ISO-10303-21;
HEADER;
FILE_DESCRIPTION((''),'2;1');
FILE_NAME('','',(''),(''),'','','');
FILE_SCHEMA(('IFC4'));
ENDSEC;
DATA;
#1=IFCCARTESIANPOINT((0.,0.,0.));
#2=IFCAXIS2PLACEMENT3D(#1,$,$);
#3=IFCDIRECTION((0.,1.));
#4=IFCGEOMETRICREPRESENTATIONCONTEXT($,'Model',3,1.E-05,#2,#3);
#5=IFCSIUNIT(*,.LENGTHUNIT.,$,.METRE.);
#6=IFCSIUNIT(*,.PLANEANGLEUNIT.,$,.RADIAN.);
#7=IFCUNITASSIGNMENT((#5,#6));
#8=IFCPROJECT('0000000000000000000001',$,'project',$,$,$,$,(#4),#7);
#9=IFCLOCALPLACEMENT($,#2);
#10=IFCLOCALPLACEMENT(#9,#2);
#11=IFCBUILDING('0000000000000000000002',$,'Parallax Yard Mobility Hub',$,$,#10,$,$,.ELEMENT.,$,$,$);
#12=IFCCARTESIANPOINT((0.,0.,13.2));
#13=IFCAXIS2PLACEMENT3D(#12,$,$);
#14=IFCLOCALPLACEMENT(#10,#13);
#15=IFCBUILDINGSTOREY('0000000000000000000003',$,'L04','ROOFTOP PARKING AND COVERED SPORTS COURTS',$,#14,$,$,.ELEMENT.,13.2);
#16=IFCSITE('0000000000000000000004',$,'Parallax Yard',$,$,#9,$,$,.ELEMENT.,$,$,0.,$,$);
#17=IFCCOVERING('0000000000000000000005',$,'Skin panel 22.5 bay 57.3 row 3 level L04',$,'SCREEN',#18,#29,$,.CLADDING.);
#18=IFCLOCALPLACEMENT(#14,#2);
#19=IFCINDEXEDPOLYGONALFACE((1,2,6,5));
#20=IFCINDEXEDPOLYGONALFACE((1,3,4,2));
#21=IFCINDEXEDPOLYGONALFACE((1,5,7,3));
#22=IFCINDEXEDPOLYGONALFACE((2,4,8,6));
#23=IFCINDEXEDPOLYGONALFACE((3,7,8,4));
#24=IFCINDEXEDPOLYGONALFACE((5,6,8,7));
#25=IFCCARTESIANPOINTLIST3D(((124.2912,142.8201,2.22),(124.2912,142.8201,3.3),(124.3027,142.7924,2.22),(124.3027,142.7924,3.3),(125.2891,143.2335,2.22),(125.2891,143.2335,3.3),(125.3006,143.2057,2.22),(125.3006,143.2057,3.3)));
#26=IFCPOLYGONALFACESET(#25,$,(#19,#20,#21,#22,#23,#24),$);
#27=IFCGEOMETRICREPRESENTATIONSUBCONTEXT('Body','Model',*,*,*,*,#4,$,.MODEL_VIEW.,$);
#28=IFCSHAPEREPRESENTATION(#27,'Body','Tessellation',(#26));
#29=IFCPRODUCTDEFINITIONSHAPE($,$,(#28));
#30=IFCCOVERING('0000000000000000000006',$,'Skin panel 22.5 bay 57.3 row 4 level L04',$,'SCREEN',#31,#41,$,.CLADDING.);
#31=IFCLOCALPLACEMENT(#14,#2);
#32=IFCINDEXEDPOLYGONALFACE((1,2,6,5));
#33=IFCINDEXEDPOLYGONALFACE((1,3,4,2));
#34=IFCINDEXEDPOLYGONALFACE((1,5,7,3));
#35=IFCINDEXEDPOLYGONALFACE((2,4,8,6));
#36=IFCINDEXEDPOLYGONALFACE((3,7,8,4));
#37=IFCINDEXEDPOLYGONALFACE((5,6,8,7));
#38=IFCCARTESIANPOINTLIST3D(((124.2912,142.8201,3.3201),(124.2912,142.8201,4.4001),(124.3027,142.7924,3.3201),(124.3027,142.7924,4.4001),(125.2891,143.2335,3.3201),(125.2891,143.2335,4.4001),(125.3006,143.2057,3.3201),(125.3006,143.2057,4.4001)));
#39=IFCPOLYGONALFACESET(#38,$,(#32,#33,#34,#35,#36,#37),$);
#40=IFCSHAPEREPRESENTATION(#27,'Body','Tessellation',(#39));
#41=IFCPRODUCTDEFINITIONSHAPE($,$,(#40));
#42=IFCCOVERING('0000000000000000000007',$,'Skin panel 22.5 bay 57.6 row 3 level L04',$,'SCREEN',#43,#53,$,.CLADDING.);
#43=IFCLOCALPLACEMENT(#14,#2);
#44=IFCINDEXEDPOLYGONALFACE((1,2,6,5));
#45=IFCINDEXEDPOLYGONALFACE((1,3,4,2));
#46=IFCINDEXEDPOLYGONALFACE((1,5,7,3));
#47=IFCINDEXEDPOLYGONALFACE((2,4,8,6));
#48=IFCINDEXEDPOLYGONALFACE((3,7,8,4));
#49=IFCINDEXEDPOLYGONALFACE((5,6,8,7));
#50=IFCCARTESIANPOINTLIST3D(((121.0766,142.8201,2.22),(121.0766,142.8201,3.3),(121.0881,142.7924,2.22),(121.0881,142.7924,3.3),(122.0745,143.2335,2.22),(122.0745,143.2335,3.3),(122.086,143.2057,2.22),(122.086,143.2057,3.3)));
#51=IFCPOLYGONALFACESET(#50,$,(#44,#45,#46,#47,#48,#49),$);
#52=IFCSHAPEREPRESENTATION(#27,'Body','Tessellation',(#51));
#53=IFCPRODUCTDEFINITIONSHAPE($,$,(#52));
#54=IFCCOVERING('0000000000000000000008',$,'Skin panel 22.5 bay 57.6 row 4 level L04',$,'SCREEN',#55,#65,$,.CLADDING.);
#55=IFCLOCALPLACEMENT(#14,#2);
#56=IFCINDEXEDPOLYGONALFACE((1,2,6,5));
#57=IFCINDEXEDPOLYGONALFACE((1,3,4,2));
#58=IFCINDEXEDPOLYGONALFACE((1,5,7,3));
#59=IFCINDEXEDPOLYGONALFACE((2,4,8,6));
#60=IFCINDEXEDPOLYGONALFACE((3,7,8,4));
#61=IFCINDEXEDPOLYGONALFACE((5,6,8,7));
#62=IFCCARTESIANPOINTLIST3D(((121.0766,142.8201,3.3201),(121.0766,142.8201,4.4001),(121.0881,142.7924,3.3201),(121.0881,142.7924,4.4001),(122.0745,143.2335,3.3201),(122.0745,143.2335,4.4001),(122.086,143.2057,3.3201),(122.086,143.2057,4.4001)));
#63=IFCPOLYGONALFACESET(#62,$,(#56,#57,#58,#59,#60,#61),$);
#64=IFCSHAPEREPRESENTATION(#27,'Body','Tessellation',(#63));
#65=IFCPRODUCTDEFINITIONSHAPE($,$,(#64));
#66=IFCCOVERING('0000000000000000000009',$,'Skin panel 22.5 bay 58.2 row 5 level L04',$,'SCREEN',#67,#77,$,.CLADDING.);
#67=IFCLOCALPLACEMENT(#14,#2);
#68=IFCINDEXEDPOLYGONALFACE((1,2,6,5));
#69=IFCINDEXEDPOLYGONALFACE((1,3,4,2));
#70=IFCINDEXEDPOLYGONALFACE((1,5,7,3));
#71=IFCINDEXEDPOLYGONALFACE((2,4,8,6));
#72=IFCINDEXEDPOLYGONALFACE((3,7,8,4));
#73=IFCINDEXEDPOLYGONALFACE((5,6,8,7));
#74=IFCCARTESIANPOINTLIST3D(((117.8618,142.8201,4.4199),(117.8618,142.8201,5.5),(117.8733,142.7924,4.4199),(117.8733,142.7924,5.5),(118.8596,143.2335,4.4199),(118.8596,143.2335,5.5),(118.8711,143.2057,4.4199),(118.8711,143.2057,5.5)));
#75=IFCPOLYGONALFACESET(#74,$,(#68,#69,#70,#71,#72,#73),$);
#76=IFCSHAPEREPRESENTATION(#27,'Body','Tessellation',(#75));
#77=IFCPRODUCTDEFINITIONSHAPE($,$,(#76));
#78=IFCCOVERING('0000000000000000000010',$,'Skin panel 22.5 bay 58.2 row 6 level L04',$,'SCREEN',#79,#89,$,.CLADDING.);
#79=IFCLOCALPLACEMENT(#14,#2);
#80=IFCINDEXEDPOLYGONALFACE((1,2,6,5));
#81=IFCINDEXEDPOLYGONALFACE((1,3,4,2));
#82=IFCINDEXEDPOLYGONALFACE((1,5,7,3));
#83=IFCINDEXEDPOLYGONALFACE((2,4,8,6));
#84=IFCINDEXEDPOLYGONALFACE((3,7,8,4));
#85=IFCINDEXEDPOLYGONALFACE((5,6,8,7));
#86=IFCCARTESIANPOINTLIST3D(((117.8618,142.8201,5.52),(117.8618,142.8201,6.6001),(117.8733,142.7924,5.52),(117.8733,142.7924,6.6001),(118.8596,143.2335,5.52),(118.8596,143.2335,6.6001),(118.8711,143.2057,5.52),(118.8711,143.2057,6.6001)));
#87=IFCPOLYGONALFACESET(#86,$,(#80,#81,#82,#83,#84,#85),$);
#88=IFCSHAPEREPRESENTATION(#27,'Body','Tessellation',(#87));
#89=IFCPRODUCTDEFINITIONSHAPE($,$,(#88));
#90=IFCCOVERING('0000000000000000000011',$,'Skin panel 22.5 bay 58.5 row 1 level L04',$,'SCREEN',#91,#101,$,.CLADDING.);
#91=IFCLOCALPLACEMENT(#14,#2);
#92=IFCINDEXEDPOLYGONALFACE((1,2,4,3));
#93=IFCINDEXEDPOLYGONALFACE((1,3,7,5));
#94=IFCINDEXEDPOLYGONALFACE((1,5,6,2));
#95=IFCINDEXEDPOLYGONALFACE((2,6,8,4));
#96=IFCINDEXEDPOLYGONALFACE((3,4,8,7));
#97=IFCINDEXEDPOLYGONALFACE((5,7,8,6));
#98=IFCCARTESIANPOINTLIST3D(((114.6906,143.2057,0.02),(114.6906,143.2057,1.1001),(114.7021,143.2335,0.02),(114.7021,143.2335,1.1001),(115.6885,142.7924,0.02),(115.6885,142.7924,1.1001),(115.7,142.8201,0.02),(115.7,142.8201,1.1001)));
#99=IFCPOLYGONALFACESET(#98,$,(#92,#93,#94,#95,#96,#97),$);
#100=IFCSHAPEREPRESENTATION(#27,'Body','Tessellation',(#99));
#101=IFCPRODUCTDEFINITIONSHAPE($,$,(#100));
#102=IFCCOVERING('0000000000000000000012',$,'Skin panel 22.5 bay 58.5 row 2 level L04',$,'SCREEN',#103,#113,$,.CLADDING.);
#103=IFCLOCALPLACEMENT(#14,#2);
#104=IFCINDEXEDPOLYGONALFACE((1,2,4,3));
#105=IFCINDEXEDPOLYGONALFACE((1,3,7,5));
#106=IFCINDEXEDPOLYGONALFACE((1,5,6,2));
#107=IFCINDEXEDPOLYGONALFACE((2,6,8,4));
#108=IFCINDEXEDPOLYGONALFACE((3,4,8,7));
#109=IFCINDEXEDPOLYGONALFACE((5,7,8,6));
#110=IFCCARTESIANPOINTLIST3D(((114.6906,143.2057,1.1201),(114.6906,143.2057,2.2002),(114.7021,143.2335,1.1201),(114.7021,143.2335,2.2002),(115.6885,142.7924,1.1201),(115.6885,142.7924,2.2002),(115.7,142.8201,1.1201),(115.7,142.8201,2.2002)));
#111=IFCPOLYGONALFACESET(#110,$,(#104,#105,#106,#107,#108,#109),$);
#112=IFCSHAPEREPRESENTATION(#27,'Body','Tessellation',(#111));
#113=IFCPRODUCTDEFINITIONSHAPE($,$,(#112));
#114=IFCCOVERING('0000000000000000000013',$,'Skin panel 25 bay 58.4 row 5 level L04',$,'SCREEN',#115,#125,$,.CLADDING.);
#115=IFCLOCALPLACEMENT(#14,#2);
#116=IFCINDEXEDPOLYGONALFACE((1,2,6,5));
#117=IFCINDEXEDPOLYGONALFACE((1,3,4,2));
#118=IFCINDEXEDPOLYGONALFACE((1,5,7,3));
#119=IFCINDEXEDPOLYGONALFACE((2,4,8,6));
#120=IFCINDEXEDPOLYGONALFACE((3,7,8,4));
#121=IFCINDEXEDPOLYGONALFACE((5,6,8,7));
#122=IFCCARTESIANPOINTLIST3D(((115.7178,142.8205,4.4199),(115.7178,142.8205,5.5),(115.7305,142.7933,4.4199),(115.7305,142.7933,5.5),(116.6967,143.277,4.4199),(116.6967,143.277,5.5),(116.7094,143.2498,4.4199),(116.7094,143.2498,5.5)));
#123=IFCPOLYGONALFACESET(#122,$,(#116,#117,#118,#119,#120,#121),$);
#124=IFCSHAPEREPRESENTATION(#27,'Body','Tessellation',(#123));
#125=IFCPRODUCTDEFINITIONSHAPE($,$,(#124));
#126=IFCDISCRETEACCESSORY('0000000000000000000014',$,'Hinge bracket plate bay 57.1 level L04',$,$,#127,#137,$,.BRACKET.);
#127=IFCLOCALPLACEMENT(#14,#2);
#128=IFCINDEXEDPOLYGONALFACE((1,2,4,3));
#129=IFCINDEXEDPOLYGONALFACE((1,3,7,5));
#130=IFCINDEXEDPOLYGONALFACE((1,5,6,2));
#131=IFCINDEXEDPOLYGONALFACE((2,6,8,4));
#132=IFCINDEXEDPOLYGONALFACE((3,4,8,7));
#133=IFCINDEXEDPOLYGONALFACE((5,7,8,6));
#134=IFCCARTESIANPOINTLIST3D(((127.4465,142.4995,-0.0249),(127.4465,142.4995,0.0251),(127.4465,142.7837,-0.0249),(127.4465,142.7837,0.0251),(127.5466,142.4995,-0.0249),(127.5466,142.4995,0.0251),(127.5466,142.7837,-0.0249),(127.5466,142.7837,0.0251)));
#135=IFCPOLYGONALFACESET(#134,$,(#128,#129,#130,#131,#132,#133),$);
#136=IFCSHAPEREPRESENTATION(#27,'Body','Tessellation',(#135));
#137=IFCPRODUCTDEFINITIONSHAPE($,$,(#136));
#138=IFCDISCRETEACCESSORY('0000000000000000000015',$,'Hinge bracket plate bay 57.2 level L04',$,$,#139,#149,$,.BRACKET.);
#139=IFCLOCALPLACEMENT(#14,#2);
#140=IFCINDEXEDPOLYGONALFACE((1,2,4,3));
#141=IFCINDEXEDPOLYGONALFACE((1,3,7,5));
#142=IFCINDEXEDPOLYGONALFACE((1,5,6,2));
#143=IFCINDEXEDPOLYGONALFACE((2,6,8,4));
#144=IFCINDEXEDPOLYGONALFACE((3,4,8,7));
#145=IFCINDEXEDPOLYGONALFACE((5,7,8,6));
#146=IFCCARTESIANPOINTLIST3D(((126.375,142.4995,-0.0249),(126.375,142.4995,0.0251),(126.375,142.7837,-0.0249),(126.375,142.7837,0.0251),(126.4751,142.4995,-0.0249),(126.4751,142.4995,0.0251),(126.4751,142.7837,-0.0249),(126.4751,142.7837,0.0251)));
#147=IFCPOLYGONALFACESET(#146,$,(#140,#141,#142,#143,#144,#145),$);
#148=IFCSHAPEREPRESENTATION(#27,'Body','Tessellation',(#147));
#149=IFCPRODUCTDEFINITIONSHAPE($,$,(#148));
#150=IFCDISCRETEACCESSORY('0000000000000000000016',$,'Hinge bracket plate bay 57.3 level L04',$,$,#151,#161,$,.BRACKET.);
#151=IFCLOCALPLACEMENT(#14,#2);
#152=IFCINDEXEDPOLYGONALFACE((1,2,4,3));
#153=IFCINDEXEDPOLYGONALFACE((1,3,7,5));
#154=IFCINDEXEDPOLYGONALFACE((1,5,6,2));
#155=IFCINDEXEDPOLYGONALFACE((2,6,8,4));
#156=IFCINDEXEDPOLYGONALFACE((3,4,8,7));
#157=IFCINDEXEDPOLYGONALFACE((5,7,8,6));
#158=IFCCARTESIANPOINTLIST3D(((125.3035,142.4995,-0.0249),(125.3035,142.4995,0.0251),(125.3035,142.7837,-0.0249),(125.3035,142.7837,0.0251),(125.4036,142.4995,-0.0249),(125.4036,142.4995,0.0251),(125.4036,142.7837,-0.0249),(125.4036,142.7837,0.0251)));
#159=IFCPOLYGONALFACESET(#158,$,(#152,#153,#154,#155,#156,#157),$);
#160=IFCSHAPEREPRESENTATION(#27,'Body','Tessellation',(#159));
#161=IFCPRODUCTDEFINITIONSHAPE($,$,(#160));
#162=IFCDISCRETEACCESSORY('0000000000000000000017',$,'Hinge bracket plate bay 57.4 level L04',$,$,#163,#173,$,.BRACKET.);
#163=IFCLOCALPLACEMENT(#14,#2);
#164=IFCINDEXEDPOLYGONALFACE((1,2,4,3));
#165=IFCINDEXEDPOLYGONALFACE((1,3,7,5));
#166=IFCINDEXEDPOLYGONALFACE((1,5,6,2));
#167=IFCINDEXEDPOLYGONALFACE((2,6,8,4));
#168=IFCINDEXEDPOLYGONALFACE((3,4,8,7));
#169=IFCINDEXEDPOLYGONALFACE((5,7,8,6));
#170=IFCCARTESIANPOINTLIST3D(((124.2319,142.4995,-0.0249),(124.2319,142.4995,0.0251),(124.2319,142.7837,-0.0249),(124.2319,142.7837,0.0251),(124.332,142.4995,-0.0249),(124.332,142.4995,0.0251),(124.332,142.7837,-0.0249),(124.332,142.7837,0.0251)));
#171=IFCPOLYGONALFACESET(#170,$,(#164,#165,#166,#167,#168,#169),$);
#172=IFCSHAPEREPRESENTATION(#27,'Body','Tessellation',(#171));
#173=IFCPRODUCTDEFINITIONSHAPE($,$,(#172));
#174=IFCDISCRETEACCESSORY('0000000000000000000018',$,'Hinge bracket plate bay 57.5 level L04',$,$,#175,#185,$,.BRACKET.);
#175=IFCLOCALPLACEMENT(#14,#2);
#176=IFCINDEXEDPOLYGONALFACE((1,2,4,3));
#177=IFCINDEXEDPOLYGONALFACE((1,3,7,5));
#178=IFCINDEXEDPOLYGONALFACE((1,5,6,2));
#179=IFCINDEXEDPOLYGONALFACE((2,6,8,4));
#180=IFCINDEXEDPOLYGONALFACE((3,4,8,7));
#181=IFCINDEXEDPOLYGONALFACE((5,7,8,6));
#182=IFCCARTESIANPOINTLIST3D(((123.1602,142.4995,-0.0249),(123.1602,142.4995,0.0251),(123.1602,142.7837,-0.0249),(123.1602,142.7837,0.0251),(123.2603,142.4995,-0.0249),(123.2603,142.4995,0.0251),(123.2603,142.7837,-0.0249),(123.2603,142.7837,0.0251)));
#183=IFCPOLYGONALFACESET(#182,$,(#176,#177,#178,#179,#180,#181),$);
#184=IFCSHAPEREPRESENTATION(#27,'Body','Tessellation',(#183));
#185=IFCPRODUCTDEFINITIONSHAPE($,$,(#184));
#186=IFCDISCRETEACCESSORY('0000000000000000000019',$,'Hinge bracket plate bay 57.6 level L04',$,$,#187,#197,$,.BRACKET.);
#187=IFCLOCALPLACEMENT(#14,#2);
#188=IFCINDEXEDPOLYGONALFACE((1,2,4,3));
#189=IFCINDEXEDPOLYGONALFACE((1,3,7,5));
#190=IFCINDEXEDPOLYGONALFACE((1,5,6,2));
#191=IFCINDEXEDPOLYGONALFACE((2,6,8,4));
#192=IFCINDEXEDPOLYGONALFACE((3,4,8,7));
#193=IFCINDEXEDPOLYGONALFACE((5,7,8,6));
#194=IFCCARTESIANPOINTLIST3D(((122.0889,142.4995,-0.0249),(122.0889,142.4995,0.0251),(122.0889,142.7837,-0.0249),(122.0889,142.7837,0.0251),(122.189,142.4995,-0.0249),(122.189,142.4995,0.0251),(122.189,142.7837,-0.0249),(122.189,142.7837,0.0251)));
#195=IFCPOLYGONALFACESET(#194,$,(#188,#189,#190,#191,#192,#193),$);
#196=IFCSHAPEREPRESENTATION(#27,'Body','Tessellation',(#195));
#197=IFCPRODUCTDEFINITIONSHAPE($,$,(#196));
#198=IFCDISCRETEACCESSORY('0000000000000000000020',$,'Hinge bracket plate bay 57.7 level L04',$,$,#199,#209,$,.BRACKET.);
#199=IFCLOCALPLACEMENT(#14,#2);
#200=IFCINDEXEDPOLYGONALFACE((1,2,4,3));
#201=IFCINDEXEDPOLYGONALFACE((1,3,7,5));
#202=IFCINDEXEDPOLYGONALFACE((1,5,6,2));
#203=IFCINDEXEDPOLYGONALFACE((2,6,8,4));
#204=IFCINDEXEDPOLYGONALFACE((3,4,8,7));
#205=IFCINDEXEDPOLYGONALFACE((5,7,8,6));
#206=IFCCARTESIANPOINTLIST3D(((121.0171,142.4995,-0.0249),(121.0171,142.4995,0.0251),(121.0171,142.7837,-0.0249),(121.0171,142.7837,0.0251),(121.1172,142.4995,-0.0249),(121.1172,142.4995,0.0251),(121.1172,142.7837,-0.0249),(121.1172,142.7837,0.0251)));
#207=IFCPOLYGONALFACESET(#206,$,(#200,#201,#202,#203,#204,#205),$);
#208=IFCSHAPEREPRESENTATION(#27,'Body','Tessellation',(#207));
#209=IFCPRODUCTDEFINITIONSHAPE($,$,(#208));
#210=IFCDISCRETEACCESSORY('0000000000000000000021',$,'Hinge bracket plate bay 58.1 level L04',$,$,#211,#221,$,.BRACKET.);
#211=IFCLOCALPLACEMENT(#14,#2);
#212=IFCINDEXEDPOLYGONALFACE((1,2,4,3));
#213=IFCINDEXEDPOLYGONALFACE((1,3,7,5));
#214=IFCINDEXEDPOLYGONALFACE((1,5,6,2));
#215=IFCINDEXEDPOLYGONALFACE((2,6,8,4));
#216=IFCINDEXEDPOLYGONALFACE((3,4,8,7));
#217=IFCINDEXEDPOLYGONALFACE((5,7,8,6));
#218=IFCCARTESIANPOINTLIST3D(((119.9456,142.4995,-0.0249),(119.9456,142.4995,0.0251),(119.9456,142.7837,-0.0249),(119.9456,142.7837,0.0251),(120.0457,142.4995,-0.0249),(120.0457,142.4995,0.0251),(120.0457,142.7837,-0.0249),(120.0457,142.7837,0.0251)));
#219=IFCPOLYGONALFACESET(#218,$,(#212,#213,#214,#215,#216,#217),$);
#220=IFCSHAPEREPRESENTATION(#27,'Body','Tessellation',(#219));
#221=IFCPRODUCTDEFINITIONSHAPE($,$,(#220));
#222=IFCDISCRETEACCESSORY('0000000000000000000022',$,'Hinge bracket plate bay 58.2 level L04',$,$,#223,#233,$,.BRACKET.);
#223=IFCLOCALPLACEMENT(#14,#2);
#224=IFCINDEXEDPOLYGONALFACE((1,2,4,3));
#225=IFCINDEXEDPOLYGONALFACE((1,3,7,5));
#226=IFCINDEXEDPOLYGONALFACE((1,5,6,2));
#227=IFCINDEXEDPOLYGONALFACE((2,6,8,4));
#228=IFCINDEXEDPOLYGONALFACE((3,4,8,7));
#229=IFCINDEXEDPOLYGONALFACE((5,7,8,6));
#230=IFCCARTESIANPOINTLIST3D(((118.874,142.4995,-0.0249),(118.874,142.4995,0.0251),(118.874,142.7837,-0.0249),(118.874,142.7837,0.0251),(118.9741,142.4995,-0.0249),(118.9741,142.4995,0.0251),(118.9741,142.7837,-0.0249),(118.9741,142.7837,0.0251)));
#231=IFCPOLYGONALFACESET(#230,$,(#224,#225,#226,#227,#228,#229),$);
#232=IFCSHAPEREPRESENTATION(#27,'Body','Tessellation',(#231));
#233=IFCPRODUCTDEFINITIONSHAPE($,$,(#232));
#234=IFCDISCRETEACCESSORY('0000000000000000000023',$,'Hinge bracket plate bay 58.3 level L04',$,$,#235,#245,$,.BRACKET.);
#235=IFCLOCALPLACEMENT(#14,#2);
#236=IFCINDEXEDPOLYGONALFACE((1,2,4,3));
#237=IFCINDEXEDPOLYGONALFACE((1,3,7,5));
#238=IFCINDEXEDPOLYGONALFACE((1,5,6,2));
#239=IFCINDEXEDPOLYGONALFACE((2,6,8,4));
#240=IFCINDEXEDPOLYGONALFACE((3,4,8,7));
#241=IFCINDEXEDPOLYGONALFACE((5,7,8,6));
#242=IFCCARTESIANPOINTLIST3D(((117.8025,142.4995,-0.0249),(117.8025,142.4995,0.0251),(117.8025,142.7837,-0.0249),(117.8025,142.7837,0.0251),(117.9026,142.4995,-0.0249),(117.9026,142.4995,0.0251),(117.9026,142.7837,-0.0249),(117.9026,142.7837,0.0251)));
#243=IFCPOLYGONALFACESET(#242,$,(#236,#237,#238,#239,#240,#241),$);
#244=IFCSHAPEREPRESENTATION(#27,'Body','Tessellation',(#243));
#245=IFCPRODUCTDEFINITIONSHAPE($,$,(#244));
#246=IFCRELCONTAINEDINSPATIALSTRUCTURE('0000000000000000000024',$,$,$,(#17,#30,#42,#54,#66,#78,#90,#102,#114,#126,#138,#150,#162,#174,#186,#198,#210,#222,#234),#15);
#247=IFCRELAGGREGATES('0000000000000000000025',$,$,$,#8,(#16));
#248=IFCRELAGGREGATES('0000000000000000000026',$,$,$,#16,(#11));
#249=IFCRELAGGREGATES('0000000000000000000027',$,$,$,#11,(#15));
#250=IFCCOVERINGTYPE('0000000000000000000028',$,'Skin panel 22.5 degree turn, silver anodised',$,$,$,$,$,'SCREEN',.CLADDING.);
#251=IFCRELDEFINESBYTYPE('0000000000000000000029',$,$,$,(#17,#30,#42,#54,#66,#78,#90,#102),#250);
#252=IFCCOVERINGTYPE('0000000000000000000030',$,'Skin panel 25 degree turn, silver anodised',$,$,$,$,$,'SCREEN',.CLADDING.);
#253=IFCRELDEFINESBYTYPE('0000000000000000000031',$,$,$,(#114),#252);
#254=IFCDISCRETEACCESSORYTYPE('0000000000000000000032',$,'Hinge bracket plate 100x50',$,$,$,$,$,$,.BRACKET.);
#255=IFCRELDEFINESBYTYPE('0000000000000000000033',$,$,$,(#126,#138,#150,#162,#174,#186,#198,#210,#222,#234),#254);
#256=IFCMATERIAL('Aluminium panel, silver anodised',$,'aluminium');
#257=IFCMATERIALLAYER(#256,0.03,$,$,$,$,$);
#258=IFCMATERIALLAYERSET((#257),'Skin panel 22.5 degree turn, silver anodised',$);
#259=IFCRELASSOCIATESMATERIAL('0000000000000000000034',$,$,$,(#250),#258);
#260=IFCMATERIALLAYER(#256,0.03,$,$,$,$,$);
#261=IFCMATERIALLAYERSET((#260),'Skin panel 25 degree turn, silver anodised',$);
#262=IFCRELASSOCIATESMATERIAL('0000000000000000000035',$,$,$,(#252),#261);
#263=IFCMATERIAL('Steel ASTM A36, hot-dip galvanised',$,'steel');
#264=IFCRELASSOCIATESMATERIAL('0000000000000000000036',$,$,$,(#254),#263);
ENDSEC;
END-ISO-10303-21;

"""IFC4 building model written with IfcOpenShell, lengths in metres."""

from ifc_helpers import new_model, si_unit, direction, frame, origin, origin_2d, place, context, subcontext, project, spatial, rectangle, extrude, material, layer, layer_set, type_object, element, save


model = new_model("IFC4")

# Units and contexts
model_context = context("Model", 3, precision=1e-05, world=origin(), true_north=direction((0.0, 1.0)))
body_context = subcontext(model_context, "Body", "Model", "MODEL_VIEW")
ifc_project = project(units=[si_unit("LENGTHUNIT", "METRE"), si_unit("PLANEANGLEUNIT", "RADIAN")], contexts=[model_context])

# Site, building, storey
site_placement = place(None, origin())
site = spatial("IfcSite", under=ifc_project, at=site_placement, Name="Parallax Yard", CompositionType="ELEMENT", RefElevation=0.0)
building_placement = place(site_placement, origin())
building = spatial("IfcBuilding", under=site, at=building_placement, Name="Parallax Yard Mobility Hub", CompositionType="ELEMENT")
storey_placement = place(building_placement, frame((0.0, 0.0, 13.2)))
storey = spatial("IfcBuildingStorey", under=building, at=storey_placement, Name="L04", Description="ROOFTOP PARKING AND COVERED SPORTS COURTS", CompositionType="ELEMENT", Elevation=13.2)

# Coverings
ifc_material_1 = material(Name="Aluminium panel, silver anodised", Category="aluminium")
ifc_layer_1 = layer(ifc_material_1, 0.03)
ifc_layer_set_1 = layer_set([ifc_layer_1], Name="Skin panel 22.5 degree turn, silver anodised")
covering_type_1 = type_object("IfcCoveringType", Name="Skin panel 22.5 degree turn, silver anodised", ElementType="SCREEN", PredefinedType="CLADDING", material=ifc_layer_set_1)
for number, where, z_axis, x_axis, name in (
    (1, (124.7959, 143.0129, 2.22), (0.0, 0.0, 1.0), (0.92388, 0.382683, 0.0), "Skin panel 22.5 bay 57.3 row 3 level L04"),
    (2, (124.7959, 143.0129, 3.3201), (0.0, 0.0, 1.0), (0.92388, 0.382683, 0.0), "Skin panel 22.5 bay 57.3 row 4 level L04"),
    (3, (121.5813, 143.0129, 2.22), (0.0, 0.0, 1.0), (0.92388, 0.382683, 0.0), "Skin panel 22.5 bay 57.6 row 3 level L04"),
    (4, (121.5813, 143.0129, 3.3201), (0.0, 0.0, 1.0), (0.92388, 0.382683, 0.0), "Skin panel 22.5 bay 57.6 row 4 level L04"),
    (5, (118.3665, 143.0129, 4.4199), (0.0, 0.0, 1.0), (0.92388, 0.382683, 0.0), "Skin panel 22.5 bay 58.2 row 5 level L04"),
    (6, (118.3665, 143.0129, 5.52), (0.0, 0.0, 1.0), (0.92388, 0.382683, 0.0), "Skin panel 22.5 bay 58.2 row 6 level L04"),
    (7, (115.1953, 143.0129, 0.02), (0.0, 0.0, 1.0), (-0.92388, 0.382683, 0.0), "Skin panel 22.5 bay 58.5 row 1 level L04"),
    (8, (115.1953, 143.0129, 1.1201), (0.0, 0.0, 1.0), (-0.92388, 0.382683, 0.0), "Skin panel 22.5 bay 58.5 row 2 level L04"),
):
    element("IfcCovering", number, at=place(storey_placement, frame(where, z_axis=z_axis, x_axis=x_axis)), inside=storey, type_object=covering_type_1, Name=name, ObjectType="SCREEN", PredefinedType="CLADDING", context=body_context, shape_type="SweptSolid", body=[
        extrude(rectangle(XDim=1.0801, YDim=0.03, at=origin_2d()), origin(), (0.0, 0.0, 1.0), 1.0801),
    ])
ifc_layer_2 = layer(ifc_material_1, 0.03)
ifc_layer_set_2 = layer_set([ifc_layer_2], Name="Skin panel 25 degree turn, silver anodised")
covering_type_2 = type_object("IfcCoveringType", Name="Skin panel 25 degree turn, silver anodised", ElementType="SCREEN", PredefinedType="CLADDING", material=ifc_layer_set_2)
covering_placement = place(storey_placement, frame((116.2136, 143.0352, 4.4199), z_axis=(0.0, 0.0, 1.0), x_axis=(0.906308, 0.422618, 0.0)))
element("IfcCovering", 9, at=covering_placement, inside=storey, type_object=covering_type_2, Name="Skin panel 25 bay 58.4 row 5 level L04", ObjectType="SCREEN", PredefinedType="CLADDING", context=body_context, shape_type="SweptSolid", body=[
    extrude(rectangle(XDim=1.0801, YDim=0.03, at=origin_2d()), origin(), (0.0, 0.0, 1.0), 1.0801),
])

# Discrete accessories
ifc_material_2 = material(Name="Steel ASTM A36, hot-dip galvanised", Category="steel")
discrete_accessory_type_1 = type_object("IfcDiscreteAccessoryType", Name="Hinge bracket plate 100x50", PredefinedType="BRACKET", material=ifc_material_2)
for number, where, z_axis, x_axis, name in (
    (10, (127.4966, 142.6416, -0.0249), (0.0, 0.0, 1.0), (0.0, 1.0, 0.0), "Hinge bracket plate bay 57.1 level L04"),
    (11, (126.425, 142.6416, -0.0249), (0.0, 0.0, 1.0), (0.0, 1.0, 0.0), "Hinge bracket plate bay 57.2 level L04"),
    (12, (125.3535, 142.6416, -0.0249), (0.0, 0.0, 1.0), (0.0, 1.0, 0.0), "Hinge bracket plate bay 57.3 level L04"),
    (13, (124.282, 142.6416, -0.0249), (0.0, 0.0, 1.0), (0.0, 1.0, 0.0), "Hinge bracket plate bay 57.4 level L04"),
    (14, (123.2102, 142.6416, -0.0249), (0.0, 0.0, 1.0), (0.0, 1.0, 0.0), "Hinge bracket plate bay 57.5 level L04"),
    (15, (122.1389, 142.6416, -0.0249), (0.0, 0.0, 1.0), (0.0, 1.0, 0.0), "Hinge bracket plate bay 57.6 level L04"),
    (16, (121.0671, 142.6416, -0.0249), (0.0, 0.0, 1.0), (0.0, 1.0, 0.0), "Hinge bracket plate bay 57.7 level L04"),
    (17, (119.9956, 142.6416, -0.0249), (0.0, 0.0, 1.0), (0.0, 1.0, 0.0), "Hinge bracket plate bay 58.1 level L04"),
    (18, (118.9241, 142.6416, -0.0249), (0.0, 0.0, 1.0), (0.0, 1.0, 0.0), "Hinge bracket plate bay 58.2 level L04"),
    (19, (117.8525, 142.6416, -0.0249), (0.0, 0.0, 1.0), (0.0, 1.0, 0.0), "Hinge bracket plate bay 58.3 level L04"),
):
    element("IfcDiscreteAccessory", number, at=place(storey_placement, frame(where, z_axis=z_axis, x_axis=x_axis)), inside=storey, type_object=discrete_accessory_type_1, Name=name, PredefinedType="BRACKET", context=body_context, shape_type="SweptSolid", body=[
        extrude(rectangle(XDim=0.2842, YDim=0.1001, at=origin_2d()), origin(), (0.0, 0.0, 1.0), 0.05),
    ])

save(model, "model.ifc")
